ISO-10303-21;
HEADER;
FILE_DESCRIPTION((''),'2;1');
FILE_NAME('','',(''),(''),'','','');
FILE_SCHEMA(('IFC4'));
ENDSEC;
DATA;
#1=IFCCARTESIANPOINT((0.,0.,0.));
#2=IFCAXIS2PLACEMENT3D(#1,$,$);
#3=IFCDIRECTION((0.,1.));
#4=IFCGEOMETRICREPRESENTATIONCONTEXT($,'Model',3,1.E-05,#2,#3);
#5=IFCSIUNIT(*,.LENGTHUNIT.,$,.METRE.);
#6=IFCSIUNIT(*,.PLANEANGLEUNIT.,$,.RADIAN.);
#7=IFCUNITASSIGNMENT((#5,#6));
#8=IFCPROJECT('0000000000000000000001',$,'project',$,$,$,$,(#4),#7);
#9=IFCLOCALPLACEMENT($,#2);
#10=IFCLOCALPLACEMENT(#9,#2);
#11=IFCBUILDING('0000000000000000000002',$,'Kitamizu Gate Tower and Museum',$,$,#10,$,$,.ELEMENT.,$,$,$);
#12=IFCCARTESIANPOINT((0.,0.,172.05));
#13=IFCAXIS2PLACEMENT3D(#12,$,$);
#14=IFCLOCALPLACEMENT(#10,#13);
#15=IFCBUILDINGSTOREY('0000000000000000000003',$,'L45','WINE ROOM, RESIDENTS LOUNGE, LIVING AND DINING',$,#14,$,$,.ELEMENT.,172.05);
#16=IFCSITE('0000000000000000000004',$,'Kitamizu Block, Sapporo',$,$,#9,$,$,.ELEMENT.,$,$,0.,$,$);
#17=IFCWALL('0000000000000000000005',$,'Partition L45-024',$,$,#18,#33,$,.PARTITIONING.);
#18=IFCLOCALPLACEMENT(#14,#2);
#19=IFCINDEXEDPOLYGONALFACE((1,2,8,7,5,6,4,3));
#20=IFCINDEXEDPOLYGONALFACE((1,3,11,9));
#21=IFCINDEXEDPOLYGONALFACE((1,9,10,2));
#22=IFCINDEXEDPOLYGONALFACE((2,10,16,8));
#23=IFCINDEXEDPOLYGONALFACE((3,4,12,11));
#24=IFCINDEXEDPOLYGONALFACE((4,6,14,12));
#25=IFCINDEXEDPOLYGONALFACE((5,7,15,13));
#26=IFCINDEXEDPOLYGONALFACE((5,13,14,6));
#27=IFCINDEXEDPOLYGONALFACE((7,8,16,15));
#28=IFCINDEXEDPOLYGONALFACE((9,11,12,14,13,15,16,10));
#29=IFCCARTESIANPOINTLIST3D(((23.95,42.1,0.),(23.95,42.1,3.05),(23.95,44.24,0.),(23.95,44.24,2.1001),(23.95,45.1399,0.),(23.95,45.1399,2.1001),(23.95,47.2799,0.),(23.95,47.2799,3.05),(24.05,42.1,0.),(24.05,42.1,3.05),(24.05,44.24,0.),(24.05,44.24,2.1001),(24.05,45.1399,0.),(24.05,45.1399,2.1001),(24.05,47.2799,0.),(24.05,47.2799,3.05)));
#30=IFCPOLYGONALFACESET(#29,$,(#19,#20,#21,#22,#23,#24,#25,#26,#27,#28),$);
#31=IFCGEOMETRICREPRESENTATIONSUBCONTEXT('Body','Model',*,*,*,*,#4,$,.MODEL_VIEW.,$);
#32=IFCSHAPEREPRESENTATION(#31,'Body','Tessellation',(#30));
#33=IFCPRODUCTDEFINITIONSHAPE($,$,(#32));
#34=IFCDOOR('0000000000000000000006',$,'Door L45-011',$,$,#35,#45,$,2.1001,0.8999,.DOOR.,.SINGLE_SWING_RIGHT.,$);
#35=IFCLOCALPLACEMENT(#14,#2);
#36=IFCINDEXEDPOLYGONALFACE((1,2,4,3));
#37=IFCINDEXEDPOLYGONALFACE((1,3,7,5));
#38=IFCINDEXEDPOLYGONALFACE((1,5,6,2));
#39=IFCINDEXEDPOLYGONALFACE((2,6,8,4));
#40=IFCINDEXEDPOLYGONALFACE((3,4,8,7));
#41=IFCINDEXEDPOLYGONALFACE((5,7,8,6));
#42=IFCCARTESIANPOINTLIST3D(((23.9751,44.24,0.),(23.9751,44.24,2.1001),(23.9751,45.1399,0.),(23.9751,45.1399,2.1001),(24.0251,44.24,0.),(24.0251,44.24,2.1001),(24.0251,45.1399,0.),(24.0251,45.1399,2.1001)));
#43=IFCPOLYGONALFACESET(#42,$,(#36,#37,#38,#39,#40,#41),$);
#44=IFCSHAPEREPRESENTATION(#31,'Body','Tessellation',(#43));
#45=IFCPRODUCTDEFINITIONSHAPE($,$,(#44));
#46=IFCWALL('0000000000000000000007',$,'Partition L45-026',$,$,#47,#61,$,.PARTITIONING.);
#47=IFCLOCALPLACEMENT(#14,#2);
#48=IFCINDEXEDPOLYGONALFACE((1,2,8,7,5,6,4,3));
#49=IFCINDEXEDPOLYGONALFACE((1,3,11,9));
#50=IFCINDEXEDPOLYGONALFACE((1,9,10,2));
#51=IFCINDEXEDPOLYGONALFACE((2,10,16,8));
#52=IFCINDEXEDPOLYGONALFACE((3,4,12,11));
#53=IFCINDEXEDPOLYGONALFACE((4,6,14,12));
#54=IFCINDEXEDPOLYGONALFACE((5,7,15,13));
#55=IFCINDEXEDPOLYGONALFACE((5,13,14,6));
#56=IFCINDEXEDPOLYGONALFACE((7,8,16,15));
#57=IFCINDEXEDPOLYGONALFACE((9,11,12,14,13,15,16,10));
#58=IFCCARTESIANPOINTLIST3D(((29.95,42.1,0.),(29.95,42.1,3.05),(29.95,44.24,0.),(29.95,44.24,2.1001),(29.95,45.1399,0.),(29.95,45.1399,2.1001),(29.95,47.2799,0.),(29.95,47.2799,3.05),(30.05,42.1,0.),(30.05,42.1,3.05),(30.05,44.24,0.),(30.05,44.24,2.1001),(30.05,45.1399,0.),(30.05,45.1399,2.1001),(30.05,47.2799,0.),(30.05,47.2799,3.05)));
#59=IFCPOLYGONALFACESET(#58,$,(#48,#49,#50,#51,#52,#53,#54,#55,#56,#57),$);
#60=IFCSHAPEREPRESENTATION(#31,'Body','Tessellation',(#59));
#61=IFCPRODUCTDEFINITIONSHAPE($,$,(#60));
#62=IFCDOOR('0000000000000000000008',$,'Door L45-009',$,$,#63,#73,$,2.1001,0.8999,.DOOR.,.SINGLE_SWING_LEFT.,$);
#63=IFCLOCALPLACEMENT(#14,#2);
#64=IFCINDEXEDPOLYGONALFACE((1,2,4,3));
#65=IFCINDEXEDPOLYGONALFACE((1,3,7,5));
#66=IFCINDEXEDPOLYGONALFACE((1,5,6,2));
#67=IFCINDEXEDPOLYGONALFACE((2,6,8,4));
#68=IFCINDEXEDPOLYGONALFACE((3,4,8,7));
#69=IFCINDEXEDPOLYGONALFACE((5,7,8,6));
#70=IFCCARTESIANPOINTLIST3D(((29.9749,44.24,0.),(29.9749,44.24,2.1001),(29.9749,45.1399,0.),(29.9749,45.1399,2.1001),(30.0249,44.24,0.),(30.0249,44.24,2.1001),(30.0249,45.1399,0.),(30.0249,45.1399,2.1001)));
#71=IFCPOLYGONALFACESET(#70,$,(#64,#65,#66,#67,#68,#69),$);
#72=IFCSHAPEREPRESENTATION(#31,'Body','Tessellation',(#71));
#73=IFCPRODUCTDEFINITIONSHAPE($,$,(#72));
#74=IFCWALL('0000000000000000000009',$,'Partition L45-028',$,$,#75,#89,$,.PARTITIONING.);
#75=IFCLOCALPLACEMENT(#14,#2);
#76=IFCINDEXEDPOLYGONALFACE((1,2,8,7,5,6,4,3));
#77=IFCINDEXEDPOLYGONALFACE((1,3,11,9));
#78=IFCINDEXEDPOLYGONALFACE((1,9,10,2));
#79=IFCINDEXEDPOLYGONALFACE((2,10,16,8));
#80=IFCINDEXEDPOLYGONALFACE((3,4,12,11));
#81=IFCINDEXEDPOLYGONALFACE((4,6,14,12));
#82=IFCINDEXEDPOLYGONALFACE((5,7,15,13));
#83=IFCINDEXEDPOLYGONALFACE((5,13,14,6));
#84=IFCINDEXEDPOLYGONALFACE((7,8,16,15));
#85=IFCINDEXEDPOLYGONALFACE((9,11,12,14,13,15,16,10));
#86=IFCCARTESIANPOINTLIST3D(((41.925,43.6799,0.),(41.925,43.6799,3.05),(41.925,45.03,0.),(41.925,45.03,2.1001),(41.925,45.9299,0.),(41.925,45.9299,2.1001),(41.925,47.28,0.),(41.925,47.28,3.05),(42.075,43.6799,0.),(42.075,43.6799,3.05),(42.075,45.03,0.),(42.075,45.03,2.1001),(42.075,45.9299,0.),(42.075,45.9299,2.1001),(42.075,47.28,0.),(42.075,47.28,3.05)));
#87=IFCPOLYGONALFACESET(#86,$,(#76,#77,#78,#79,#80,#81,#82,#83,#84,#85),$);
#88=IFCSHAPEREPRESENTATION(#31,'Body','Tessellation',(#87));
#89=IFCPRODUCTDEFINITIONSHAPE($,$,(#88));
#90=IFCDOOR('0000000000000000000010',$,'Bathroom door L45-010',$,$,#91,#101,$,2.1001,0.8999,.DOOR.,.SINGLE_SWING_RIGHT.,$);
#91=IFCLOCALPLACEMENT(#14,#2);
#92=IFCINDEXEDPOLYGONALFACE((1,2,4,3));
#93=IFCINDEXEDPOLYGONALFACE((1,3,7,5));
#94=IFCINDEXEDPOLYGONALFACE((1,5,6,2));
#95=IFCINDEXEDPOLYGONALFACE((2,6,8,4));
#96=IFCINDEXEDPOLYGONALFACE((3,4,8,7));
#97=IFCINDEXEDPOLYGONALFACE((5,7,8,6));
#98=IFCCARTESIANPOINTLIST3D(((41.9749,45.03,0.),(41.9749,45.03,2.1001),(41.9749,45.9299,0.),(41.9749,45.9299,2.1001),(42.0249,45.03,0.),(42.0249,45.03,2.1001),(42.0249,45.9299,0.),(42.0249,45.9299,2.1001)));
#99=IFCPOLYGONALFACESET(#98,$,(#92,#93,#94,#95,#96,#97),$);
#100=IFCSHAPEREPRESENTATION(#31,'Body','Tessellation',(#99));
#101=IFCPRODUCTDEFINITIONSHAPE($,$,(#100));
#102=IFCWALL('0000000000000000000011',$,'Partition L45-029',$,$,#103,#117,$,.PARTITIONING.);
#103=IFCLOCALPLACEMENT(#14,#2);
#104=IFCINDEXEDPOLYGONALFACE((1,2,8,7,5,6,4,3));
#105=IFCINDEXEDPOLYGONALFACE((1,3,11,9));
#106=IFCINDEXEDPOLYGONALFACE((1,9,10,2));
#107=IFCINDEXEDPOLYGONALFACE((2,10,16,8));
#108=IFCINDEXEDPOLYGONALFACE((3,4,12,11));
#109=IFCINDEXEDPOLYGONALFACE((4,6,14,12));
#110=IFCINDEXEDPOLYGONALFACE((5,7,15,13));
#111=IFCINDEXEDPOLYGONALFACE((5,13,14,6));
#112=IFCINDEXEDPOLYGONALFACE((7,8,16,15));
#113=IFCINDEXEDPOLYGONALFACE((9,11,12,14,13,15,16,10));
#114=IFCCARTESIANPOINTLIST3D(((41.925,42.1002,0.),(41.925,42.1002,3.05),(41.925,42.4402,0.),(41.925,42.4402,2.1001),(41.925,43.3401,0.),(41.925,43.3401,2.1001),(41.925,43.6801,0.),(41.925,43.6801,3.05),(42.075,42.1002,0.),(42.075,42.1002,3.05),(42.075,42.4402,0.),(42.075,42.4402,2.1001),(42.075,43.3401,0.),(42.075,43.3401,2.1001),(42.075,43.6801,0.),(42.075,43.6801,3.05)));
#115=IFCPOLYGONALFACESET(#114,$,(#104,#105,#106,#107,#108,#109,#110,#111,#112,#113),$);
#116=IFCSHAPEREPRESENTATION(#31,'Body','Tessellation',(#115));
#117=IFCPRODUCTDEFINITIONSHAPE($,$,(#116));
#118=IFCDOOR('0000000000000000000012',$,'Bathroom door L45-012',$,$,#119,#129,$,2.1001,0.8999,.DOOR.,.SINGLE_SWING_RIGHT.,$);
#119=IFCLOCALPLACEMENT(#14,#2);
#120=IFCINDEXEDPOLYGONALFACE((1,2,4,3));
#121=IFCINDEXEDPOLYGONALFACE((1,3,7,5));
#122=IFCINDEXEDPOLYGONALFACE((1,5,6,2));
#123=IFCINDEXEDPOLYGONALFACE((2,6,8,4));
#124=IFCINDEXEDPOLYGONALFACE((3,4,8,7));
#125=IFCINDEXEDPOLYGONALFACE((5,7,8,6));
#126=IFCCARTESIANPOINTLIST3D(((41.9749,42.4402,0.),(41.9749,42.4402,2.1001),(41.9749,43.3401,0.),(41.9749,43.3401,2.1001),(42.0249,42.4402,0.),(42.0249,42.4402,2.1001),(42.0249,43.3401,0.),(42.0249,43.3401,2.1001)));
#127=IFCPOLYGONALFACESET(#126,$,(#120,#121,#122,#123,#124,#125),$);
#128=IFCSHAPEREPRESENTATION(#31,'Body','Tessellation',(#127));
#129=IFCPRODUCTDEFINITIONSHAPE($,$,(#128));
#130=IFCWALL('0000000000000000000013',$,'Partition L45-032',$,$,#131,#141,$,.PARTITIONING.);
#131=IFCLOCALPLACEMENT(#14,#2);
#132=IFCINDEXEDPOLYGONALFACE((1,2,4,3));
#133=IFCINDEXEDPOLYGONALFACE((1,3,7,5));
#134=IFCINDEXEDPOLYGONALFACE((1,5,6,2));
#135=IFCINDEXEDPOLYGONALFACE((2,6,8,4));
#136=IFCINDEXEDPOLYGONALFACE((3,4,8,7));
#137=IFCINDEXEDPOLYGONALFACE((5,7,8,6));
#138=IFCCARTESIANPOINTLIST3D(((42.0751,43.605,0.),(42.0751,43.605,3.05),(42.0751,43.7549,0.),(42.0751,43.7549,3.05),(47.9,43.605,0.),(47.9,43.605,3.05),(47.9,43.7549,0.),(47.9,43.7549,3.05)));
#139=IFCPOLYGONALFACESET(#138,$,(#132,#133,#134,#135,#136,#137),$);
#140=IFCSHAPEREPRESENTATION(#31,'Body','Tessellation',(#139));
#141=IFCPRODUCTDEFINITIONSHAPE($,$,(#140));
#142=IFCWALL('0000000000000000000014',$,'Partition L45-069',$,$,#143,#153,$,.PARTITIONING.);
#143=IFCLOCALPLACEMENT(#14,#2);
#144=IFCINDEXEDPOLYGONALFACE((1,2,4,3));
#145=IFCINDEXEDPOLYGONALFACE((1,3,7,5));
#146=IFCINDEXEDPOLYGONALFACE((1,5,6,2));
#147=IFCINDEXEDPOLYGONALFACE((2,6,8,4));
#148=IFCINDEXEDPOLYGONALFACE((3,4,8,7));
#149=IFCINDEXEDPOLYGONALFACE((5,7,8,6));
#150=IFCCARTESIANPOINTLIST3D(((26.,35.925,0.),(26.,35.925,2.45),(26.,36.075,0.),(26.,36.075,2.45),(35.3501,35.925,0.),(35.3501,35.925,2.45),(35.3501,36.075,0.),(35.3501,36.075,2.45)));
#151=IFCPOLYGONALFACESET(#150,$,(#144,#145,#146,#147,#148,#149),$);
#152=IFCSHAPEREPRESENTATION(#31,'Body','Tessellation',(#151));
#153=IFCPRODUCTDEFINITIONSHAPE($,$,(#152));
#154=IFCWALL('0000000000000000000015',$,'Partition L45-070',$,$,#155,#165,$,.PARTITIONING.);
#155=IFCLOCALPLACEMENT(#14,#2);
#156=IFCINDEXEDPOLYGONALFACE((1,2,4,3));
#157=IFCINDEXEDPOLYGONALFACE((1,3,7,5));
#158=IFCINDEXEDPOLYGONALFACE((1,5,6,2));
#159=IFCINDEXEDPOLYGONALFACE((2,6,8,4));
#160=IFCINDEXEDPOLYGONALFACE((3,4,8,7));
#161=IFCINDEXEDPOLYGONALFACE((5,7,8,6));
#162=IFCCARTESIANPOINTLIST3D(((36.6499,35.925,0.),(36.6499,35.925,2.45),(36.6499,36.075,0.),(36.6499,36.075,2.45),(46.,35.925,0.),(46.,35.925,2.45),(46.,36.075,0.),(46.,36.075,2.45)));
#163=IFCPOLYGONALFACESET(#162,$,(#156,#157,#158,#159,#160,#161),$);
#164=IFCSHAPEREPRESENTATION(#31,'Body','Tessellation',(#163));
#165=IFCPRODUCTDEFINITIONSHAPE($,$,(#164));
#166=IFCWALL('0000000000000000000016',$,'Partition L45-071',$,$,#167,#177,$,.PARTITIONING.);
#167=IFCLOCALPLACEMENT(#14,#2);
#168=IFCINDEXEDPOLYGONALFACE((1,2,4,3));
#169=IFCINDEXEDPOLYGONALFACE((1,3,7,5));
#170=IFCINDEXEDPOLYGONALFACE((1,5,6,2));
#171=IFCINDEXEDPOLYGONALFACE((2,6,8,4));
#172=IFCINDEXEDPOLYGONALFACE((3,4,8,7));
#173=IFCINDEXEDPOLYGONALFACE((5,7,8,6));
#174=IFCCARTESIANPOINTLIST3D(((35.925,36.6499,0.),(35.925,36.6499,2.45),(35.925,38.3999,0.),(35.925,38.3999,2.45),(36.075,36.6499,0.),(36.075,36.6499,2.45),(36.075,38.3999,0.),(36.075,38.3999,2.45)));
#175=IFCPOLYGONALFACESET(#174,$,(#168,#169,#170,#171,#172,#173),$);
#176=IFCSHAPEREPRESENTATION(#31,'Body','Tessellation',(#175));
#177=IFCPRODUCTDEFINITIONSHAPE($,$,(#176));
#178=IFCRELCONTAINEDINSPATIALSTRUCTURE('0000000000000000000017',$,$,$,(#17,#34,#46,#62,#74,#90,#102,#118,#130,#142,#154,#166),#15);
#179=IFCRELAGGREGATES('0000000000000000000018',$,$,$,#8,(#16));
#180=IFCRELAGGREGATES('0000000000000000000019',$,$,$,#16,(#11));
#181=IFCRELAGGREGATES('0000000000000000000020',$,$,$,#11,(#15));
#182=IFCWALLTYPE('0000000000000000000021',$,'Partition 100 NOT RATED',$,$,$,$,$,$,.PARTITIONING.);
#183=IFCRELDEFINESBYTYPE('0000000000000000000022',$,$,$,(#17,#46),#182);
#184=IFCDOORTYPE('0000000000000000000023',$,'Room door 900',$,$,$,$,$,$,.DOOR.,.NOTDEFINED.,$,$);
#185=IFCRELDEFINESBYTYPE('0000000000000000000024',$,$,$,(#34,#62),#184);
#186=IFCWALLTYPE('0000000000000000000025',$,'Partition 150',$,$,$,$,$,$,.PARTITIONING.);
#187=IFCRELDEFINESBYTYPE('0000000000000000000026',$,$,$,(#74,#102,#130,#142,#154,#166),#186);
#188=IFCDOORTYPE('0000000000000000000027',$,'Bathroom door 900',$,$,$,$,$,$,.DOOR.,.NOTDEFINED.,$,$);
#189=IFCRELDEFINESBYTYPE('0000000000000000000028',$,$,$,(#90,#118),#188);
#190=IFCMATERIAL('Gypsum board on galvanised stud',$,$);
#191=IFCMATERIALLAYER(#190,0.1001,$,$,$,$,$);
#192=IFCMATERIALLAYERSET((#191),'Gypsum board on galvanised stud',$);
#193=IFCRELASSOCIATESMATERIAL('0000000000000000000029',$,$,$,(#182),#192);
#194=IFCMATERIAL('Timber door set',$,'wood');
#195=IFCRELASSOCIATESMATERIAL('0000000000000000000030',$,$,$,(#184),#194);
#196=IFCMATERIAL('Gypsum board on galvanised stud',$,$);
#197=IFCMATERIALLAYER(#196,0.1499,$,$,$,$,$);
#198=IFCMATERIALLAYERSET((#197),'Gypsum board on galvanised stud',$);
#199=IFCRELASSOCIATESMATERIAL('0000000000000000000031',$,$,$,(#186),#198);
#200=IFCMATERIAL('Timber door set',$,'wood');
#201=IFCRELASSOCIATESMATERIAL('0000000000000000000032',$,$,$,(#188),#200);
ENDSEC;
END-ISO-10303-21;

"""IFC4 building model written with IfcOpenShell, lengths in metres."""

from ifc_helpers import new_model, si_unit, direction, frame, frame_2d, origin, place, context, subcontext, project, spatial, rectangle, extrude, material, layer, layer_set, type_object, element, fill, save


model = new_model("IFC4")

# Units and contexts
model_context = context("Model", 3, precision=1e-05, world=origin(), true_north=direction((0.0, 1.0)))
body_context = subcontext(model_context, "Body", "Model", "MODEL_VIEW")
ifc_project = project(units=[si_unit("LENGTHUNIT", "METRE"), si_unit("PLANEANGLEUNIT", "RADIAN")], contexts=[model_context])

# Site, building, storey
site_placement = place(None, origin())
site = spatial("IfcSite", under=ifc_project, at=site_placement, Name="Kitamizu Block, Sapporo", CompositionType="ELEMENT", RefElevation=0.0)
building_placement = place(site_placement, origin())
building = spatial("IfcBuilding", under=site, at=building_placement, Name="Kitamizu Gate Tower and Museum", CompositionType="ELEMENT")
storey_placement = place(building_placement, frame((0.0, 0.0, 172.05)))
storey = spatial("IfcBuildingStorey", under=building, at=storey_placement, Name="L45", Description="WINE ROOM, RESIDENTS LOUNGE, LIVING AND DINING", CompositionType="ELEMENT", Elevation=172.05)

# Walls, openings, doors
ifc_material_1 = material(Name="Gypsum board on galvanised stud")
ifc_layer_1 = layer(ifc_material_1, 0.1001)
ifc_layer_set_1 = layer_set([ifc_layer_1], Name="Gypsum board on galvanised stud")
wall_type_1 = type_object("IfcWallType", Name="Partition 100 NOT RATED", PredefinedType="PARTITIONING", material=ifc_layer_set_1)
wall_1_placement = place(storey_placement, frame((24.0, 42.1001, 0.0), z_axis=(0.0, 0.0, 1.0), x_axis=(0.0, 1.0, 0.0)))
wall_1 = element("IfcWall", 1, at=wall_1_placement, inside=storey, type_object=wall_type_1, Name="Partition L45-024", PredefinedType="PARTITIONING", context=body_context, shape_type="SweptSolid", body=[
    extrude(rectangle(XDim=5.1799, YDim=0.1001, at=frame_2d((2.5898, 0.0))), origin(), (0.0, 0.0, 1.0), 3.05),
])
opening_1_placement = place(wall_1_placement, frame((2.1399, 0.0, 0.0)))
opening_1 = element("IfcOpeningElement", 2, at=opening_1_placement, cuts=wall_1, PredefinedType="OPENING", context=body_context, shape_type="SweptSolid", body=[
    extrude(rectangle(XDim=0.8999, YDim=2.1001, at=frame_2d((0.45, 1.05))), frame((0.0, 0.0601, 0.0), z_axis=(0.0, -1.0, 0.0), x_axis=(1.0, 0.0, 0.0)), (0.0, 0.0, 1.0), 0.1201),
])
ifc_material_2 = material(Name="Timber door set", Category="wood")
door_type_1 = type_object("IfcDoorType", Name="Room door 900", OperationType="NOTDEFINED", PredefinedType="DOOR", material=ifc_material_2)
door_1_placement = place(opening_1_placement, origin())
door_1 = element("IfcDoor", 3, at=door_1_placement, inside=storey, type_object=door_type_1, Name="Door L45-011", OperationType="SINGLE_SWING_RIGHT", OverallHeight=2.1001, OverallWidth=0.8999, PredefinedType="DOOR", context=body_context, shape_type="SweptSolid", body=[
    extrude(rectangle(XDim=0.8999, YDim=2.1001, at=frame_2d((0.45, 1.05))), frame((0.0, 0.0249, 0.0), z_axis=(0.0, -1.0, 0.0), x_axis=(1.0, 0.0, 0.0)), (0.0, 0.0, 1.0), 0.05),
])
fill(opening_1, door_1)
wall_2_placement = place(storey_placement, frame((30.0, 42.1001, 0.0), z_axis=(0.0, 0.0, 1.0), x_axis=(0.0, 1.0, 0.0)))
wall_2 = element("IfcWall", 4, at=wall_2_placement, inside=storey, type_object=wall_type_1, Name="Partition L45-026", PredefinedType="PARTITIONING", context=body_context, shape_type="SweptSolid", body=[
    extrude(rectangle(XDim=5.1799, YDim=0.1001, at=frame_2d((2.5898, 0.0))), origin(), (0.0, 0.0, 1.0), 3.05),
])
opening_2_placement = place(wall_2_placement, frame((2.1399, 0.0, 0.0)))
opening_2 = element("IfcOpeningElement", 5, at=opening_2_placement, cuts=wall_2, PredefinedType="OPENING", context=body_context, shape_type="SweptSolid", body=[
    extrude(rectangle(XDim=0.8999, YDim=2.1001, at=frame_2d((0.45, 1.05))), frame((0.0, 0.0601, 0.0), z_axis=(0.0, -1.0, 0.0), x_axis=(1.0, 0.0, 0.0)), (0.0, 0.0, 1.0), 0.1201),
])
door_2_placement = place(opening_2_placement, frame((0.8999, 0.0, 0.0), x_axis=(-1.0, 0.0, 0.0)))
door_2 = element("IfcDoor", 6, at=door_2_placement, inside=storey, type_object=door_type_1, Name="Door L45-009", OperationType="SINGLE_SWING_LEFT", OverallHeight=2.1001, OverallWidth=0.8999, PredefinedType="DOOR", context=body_context, shape_type="SweptSolid", body=[
    extrude(rectangle(XDim=0.8999, YDim=2.1001, at=frame_2d((0.45, 1.05))), frame((0.0, 0.0249, 0.0), z_axis=(0.0, -1.0, 0.0), x_axis=(1.0, 0.0, 0.0)), (0.0, 0.0, 1.0), 0.05),
])
fill(opening_2, door_2)
ifc_material_3 = material(Name="Gypsum board on galvanised stud")
ifc_layer_2 = layer(ifc_material_3, 0.1499)
ifc_layer_set_2 = layer_set([ifc_layer_2], Name="Gypsum board on galvanised stud")
wall_type_2 = type_object("IfcWallType", Name="Partition 150", PredefinedType="PARTITIONING", material=ifc_layer_set_2)
wall_3_placement = place(storey_placement, frame((42.0, 43.6799, 0.0), z_axis=(0.0, 0.0, 1.0), x_axis=(0.0, 1.0, 0.0)))
wall_3 = element("IfcWall", 7, at=wall_3_placement, inside=storey, type_object=wall_type_2, Name="Partition L45-028", PredefinedType="PARTITIONING", context=body_context, shape_type="SweptSolid", body=[
    extrude(rectangle(XDim=3.6001, YDim=0.1499, at=frame_2d((1.8, 0.0))), origin(), (0.0, 0.0, 1.0), 3.05),
])
opening_3_placement = place(wall_3_placement, frame((1.3501, 0.0, 0.0)))
opening_3 = element("IfcOpeningElement", 8, at=opening_3_placement, cuts=wall_3, PredefinedType="OPENING", context=body_context, shape_type="SweptSolid", body=[
    extrude(rectangle(XDim=0.8999, YDim=2.1001, at=frame_2d((0.45, 1.05))), frame((0.0, 0.085, 0.0), z_axis=(0.0, -1.0, 0.0), x_axis=(1.0, 0.0, 0.0)), (0.0, 0.0, 1.0), 0.1699),
])
ifc_material_4 = material(Name="Timber door set", Category="wood")
door_type_2 = type_object("IfcDoorType", Name="Bathroom door 900", OperationType="NOTDEFINED", PredefinedType="DOOR", material=ifc_material_4)
door_3_placement = place(opening_3_placement, frame((0.8999, 0.0, 0.0), x_axis=(-1.0, 0.0, 0.0)))
door_3 = element("IfcDoor", 9, at=door_3_placement, inside=storey, type_object=door_type_2, Name="Bathroom door L45-010", OperationType="SINGLE_SWING_RIGHT", OverallHeight=2.1001, OverallWidth=0.8999, PredefinedType="DOOR", context=body_context, shape_type="SweptSolid", body=[
    extrude(rectangle(XDim=0.8999, YDim=2.1001, at=frame_2d((0.45, 1.05))), frame((0.0, 0.0249, 0.0), z_axis=(0.0, -1.0, 0.0), x_axis=(1.0, 0.0, 0.0)), (0.0, 0.0, 1.0), 0.05),
])
fill(opening_3, door_3)
wall_4_placement = place(storey_placement, frame((42.0, 42.1001, 0.0), z_axis=(0.0, 0.0, 1.0), x_axis=(0.0, 1.0, 0.0)))
wall_4 = element("IfcWall", 10, at=wall_4_placement, inside=storey, type_object=wall_type_2, Name="Partition L45-029", PredefinedType="PARTITIONING", context=body_context, shape_type="SweptSolid", body=[
    extrude(rectangle(XDim=1.5798, YDim=0.1499, at=frame_2d((0.79, 0.0))), origin(), (0.0, 0.0, 1.0), 3.05),
])
opening_4_placement = place(wall_4_placement, frame((0.3401, 0.0, 0.0)))
opening_4 = element("IfcOpeningElement", 11, at=opening_4_placement, cuts=wall_4, PredefinedType="OPENING", context=body_context, shape_type="SweptSolid", body=[
    extrude(rectangle(XDim=0.8999, YDim=2.1001, at=frame_2d((0.45, 1.05))), frame((0.0, 0.085, 0.0), z_axis=(0.0, -1.0, 0.0), x_axis=(1.0, 0.0, 0.0)), (0.0, 0.0, 1.0), 0.1699),
])
door_4_placement = place(opening_4_placement, frame((0.8999, 0.0, 0.0), x_axis=(-1.0, 0.0, 0.0)))
door_4 = element("IfcDoor", 12, at=door_4_placement, inside=storey, type_object=door_type_2, Name="Bathroom door L45-012", OperationType="SINGLE_SWING_RIGHT", OverallHeight=2.1001, OverallWidth=0.8999, PredefinedType="DOOR", context=body_context, shape_type="SweptSolid", body=[
    extrude(rectangle(XDim=0.8999, YDim=2.1001, at=frame_2d((0.45, 1.05))), frame((0.0, 0.0249, 0.0), z_axis=(0.0, -1.0, 0.0), x_axis=(1.0, 0.0, 0.0)), (0.0, 0.0, 1.0), 0.05),
])
fill(opening_4, door_4)

# Walls
wall_5_placement = place(storey_placement, frame((42.075, 43.6799, 0.0), z_axis=(0.0, 0.0, 1.0), x_axis=(1.0, 0.0, 0.0)))
element("IfcWall", 13, at=wall_5_placement, inside=storey, type_object=wall_type_2, Name="Partition L45-032", PredefinedType="PARTITIONING", context=body_context, shape_type="SweptSolid", body=[
    extrude(rectangle(XDim=5.825, YDim=0.1499, at=frame_2d((2.9126, 0.0))), origin(), (0.0, 0.0, 1.0), 3.05),
])
for number, where, z_axis, x_axis, name in (
    (14, (35.3501, 36.0, 0.0), (0.0, 0.0, 1.0), (-1.0, 0.0, 0.0), "Partition L45-069"),
    (15, (46.0, 36.0, 0.0), (0.0, 0.0, 1.0), (-1.0, 0.0, 0.0), "Partition L45-070"),
):
    element("IfcWall", number, at=place(storey_placement, frame(where, z_axis=z_axis, x_axis=x_axis)), inside=storey, type_object=wall_type_2, Name=name, PredefinedType="PARTITIONING", context=body_context, shape_type="SweptSolid", body=[
        extrude(rectangle(XDim=9.3501, YDim=0.1499, at=frame_2d((4.675, 0.0))), origin(), (0.0, 0.0, 1.0), 2.45),
    ])
wall_6_placement = place(storey_placement, frame((36.0, 36.6499, 0.0), z_axis=(0.0, 0.0, 1.0), x_axis=(0.0, 1.0, 0.0)))
element("IfcWall", 16, at=wall_6_placement, inside=storey, type_object=wall_type_2, Name="Partition L45-071", PredefinedType="PARTITIONING", context=body_context, shape_type="SweptSolid", body=[
    extrude(rectangle(XDim=1.75, YDim=0.1499, at=frame_2d((0.875, 0.0))), origin(), (0.0, 0.0, 1.0), 2.45),
])

save(model, "model.ifc")
